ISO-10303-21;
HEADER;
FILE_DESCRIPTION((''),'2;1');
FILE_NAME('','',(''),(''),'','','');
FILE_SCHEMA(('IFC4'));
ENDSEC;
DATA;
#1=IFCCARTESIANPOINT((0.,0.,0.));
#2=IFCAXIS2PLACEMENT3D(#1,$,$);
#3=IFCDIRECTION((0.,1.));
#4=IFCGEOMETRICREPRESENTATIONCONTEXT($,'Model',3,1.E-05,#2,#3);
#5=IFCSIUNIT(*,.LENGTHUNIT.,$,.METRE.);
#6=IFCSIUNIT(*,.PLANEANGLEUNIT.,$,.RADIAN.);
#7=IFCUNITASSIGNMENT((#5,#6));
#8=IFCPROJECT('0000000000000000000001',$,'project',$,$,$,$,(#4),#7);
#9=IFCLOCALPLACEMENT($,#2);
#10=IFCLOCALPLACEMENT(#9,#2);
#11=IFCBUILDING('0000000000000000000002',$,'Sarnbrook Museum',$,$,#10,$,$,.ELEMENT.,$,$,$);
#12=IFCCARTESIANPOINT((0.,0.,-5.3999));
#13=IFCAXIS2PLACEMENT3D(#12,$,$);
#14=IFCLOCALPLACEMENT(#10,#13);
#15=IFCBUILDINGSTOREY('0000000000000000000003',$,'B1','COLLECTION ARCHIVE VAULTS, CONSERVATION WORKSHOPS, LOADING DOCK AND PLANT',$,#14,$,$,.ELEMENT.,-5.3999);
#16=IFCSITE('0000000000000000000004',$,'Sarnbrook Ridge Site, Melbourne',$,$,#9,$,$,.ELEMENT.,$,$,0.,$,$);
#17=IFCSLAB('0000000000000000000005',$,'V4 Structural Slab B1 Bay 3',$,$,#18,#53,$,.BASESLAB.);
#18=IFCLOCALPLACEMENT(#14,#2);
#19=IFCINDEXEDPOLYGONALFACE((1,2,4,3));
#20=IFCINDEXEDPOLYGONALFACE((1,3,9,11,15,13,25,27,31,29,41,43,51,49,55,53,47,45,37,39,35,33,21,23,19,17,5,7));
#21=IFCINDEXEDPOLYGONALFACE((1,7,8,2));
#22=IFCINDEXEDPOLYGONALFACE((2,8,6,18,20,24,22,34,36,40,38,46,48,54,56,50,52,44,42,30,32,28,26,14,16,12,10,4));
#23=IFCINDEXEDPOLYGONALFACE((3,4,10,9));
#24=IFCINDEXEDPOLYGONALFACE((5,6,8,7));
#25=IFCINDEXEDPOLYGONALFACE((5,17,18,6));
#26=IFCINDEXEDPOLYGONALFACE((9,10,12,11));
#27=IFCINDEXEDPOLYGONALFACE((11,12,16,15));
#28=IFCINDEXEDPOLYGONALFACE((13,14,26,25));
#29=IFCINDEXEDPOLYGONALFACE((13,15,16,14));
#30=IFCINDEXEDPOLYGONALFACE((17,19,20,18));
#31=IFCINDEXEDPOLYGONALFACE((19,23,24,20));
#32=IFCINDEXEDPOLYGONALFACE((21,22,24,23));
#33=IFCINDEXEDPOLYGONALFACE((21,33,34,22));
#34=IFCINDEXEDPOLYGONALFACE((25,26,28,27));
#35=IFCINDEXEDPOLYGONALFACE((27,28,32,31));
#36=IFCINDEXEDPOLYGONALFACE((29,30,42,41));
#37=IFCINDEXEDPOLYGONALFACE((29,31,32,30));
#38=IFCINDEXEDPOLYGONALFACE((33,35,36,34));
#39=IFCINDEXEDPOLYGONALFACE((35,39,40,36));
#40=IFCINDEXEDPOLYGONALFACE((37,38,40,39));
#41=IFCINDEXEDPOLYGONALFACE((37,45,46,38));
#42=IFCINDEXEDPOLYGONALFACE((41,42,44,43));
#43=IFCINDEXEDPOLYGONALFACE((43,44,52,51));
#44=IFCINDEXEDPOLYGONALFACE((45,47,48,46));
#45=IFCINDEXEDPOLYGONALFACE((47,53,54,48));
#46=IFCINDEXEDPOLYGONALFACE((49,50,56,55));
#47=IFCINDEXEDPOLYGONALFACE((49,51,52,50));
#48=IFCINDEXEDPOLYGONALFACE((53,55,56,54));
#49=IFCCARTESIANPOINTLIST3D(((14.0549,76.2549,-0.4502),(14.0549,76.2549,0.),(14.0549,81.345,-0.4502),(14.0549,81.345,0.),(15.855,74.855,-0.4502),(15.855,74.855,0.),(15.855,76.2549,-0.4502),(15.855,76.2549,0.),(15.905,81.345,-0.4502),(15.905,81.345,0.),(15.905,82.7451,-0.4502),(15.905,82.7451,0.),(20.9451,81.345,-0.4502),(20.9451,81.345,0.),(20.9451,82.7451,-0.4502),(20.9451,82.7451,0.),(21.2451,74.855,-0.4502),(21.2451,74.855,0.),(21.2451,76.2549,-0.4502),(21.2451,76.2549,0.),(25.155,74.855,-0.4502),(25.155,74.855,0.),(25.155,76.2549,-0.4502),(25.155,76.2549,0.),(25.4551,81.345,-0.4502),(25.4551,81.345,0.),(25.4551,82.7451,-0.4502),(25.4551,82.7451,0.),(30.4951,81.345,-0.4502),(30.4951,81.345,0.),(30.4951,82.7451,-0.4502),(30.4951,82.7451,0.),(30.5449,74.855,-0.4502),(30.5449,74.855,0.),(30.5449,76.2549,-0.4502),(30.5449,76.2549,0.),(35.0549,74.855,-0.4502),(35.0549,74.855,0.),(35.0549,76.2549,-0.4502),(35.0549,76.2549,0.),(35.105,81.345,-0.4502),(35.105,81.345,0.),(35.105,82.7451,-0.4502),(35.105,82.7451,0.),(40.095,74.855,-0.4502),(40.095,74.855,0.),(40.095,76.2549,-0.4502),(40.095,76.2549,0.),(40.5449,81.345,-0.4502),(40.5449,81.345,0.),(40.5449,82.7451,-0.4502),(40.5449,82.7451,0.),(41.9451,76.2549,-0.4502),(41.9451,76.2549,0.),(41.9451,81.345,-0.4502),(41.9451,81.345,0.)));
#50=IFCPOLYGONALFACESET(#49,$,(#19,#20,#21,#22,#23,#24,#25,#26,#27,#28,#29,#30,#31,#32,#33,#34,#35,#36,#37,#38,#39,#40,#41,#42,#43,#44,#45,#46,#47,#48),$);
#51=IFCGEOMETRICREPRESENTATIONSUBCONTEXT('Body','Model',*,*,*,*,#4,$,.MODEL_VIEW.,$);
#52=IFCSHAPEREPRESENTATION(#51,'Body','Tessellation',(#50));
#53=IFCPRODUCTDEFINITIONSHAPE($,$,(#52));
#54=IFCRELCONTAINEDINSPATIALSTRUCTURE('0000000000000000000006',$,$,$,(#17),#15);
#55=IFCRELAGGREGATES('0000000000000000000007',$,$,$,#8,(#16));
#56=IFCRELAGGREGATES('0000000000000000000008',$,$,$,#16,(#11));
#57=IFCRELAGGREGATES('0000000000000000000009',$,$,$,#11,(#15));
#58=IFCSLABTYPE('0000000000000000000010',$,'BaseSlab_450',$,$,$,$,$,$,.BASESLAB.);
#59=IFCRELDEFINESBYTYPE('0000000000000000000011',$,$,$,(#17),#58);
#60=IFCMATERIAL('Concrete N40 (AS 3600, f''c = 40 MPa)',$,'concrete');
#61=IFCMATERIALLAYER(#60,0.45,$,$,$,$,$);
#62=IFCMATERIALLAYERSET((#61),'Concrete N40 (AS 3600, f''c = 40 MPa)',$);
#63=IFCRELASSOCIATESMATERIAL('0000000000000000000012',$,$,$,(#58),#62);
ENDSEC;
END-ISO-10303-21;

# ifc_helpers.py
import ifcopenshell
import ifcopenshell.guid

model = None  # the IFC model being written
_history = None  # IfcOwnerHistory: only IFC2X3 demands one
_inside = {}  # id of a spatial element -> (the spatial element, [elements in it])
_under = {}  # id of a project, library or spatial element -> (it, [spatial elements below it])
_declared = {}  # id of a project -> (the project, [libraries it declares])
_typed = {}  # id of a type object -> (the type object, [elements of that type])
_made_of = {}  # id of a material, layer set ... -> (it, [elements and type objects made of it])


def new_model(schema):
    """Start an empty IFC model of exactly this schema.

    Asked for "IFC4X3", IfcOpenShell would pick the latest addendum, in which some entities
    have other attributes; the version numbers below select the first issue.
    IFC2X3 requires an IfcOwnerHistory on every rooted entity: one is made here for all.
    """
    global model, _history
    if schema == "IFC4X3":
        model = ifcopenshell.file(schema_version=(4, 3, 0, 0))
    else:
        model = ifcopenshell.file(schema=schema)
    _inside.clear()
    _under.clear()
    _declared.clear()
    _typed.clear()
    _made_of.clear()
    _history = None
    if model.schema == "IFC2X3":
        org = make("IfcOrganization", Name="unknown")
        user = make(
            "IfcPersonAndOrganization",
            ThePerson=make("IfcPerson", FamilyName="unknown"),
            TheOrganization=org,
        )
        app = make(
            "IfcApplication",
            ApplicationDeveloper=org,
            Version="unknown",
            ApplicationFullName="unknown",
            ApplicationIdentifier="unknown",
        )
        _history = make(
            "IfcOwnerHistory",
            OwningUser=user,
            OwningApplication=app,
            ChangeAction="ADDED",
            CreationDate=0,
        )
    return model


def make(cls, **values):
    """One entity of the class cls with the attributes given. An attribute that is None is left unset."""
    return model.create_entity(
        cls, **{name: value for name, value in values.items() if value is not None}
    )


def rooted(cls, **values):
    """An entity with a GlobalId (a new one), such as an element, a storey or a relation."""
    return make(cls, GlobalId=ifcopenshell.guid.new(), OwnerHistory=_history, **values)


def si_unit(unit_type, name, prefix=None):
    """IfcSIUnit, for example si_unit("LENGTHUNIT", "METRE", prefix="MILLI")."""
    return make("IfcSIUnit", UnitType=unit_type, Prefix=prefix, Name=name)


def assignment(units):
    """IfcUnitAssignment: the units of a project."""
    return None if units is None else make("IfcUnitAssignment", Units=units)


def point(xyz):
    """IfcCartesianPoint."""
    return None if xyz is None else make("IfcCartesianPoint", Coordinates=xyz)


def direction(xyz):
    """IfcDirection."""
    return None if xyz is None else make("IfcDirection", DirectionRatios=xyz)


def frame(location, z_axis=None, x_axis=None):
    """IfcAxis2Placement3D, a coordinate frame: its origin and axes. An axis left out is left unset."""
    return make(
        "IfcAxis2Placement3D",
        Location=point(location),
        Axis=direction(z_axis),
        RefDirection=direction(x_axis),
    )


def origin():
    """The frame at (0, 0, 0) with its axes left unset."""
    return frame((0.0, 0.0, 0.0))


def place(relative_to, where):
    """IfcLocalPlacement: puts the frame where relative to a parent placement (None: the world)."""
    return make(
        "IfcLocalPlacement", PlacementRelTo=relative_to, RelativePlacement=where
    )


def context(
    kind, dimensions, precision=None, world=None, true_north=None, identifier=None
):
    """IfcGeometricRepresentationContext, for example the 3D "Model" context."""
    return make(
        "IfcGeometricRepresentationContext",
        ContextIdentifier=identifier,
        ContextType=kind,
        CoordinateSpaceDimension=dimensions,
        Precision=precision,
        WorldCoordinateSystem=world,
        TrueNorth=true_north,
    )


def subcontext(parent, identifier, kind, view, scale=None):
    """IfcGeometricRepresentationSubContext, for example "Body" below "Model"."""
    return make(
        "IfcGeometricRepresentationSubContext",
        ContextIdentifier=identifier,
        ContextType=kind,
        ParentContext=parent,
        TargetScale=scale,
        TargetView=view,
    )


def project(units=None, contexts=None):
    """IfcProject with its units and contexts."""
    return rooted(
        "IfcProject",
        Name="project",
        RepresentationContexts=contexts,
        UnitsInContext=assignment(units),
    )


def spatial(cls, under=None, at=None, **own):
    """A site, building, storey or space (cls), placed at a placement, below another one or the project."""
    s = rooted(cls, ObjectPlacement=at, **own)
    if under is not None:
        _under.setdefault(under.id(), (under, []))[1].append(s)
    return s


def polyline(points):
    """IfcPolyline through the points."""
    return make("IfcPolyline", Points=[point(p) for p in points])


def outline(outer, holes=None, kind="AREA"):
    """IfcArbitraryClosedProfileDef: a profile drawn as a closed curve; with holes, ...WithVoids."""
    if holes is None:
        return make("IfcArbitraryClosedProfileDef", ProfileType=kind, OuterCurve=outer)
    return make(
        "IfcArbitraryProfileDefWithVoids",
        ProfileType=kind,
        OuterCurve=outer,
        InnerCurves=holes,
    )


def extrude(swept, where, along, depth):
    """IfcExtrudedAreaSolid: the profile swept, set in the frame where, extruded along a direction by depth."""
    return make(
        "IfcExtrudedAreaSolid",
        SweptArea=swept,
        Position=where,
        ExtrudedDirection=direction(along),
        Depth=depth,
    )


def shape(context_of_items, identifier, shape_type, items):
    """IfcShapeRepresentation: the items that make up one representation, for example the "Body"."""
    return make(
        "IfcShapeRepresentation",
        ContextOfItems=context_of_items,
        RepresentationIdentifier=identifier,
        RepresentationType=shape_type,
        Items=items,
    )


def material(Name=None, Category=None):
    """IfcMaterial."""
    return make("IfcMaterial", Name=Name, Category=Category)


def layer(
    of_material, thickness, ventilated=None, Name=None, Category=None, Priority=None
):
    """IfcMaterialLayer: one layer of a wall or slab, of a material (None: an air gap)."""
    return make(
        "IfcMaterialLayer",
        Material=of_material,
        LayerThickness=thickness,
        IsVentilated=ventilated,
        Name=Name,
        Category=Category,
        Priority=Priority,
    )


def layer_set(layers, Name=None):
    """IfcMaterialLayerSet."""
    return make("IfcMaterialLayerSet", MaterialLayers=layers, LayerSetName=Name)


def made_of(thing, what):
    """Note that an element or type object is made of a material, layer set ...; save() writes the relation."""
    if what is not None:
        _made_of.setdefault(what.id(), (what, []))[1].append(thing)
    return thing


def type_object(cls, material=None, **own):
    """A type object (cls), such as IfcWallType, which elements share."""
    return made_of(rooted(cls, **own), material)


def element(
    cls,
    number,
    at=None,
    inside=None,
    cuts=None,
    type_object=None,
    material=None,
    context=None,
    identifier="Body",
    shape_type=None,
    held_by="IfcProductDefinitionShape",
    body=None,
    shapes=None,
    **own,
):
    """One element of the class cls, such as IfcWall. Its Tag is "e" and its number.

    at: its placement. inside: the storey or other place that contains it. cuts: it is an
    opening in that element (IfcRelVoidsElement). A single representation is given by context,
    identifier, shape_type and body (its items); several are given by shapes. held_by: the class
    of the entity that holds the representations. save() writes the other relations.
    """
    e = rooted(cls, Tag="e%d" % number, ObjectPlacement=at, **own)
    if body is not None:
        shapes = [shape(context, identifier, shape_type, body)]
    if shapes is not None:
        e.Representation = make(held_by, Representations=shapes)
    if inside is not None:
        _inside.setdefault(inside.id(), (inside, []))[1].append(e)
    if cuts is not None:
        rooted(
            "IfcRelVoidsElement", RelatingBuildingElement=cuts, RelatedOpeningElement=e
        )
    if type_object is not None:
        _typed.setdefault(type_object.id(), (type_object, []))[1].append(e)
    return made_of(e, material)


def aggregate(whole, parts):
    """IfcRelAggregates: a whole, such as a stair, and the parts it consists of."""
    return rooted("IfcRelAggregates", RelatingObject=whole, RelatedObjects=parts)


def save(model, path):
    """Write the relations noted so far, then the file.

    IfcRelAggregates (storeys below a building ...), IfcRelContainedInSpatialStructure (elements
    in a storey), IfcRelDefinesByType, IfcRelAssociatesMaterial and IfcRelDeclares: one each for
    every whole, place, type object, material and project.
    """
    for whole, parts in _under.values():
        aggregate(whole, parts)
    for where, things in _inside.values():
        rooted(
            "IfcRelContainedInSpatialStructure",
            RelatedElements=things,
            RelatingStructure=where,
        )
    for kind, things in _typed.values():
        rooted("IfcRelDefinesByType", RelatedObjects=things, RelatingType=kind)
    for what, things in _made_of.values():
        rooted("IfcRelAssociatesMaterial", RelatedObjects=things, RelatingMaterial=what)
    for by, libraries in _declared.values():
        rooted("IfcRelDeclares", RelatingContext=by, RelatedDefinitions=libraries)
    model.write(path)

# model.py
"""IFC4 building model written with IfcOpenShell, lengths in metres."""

from ifc_helpers import new_model, si_unit, direction, frame, origin, place, context, subcontext, project, spatial, polyline, outline, extrude, material, layer, layer_set, type_object, element, save


model = new_model("IFC4")

# Units and contexts
model_context = context("Model", 3, precision=1e-05, world=origin(), true_north=direction((0.0, 1.0)))
body_context = subcontext(model_context, "Body", "Model", "MODEL_VIEW")
ifc_project = project(units=[si_unit("LENGTHUNIT", "METRE"), si_unit("PLANEANGLEUNIT", "RADIAN")], contexts=[model_context])

# Site, building, storey
site_placement = place(None, origin())
site = spatial("IfcSite", under=ifc_project, at=site_placement, Name="Sarnbrook Ridge Site, Melbourne", CompositionType="ELEMENT", RefElevation=0.0)
building_placement = place(site_placement, origin())
building = spatial("IfcBuilding", under=site, at=building_placement, Name="Sarnbrook Museum", CompositionType="ELEMENT")
storey_placement = place(building_placement, frame((0.0, 0.0, -5.3999)))
storey = spatial("IfcBuildingStorey", under=building, at=storey_placement, Name="B1", Description="COLLECTION ARCHIVE VAULTS, CONSERVATION WORKSHOPS, LOADING DOCK AND PLANT", CompositionType="ELEMENT", Elevation=-5.3999)

# Slab
ifc_material = material(Name="Concrete N40 (AS 3600, f'c = 40 MPa)", Category="concrete")
ifc_layer_1 = layer(ifc_material, 0.45)
ifc_layer_set_1 = layer_set([ifc_layer_1], Name="Concrete N40 (AS 3600, f'c = 40 MPa)")
slab_type_1 = type_object("IfcSlabType", Name="BaseSlab_450", PredefinedType="BASESLAB", material=ifc_layer_set_1)
slab_1_placement = place(storey_placement, frame((0.0, 0.0, -0.4502)))
element("IfcSlab", 1, at=slab_1_placement, inside=storey, type_object=slab_type_1, Name="V4 Structural Slab B1 Bay 3", PredefinedType="BASESLAB", context=body_context, shape_type="SweptSolid", body=[
    extrude(outline(polyline([(30.4951, 82.7451), (30.4951, 81.345), (35.105, 81.345), (35.105, 82.7451), (40.5449, 82.7451), (40.5449, 81.345), (41.9451, 81.345), (41.9451, 76.2549), (40.095, 76.2549), (40.095, 74.855), (35.0549, 74.855), (35.0549, 76.2549), (30.5449, 76.2549), (30.5449, 74.855), (25.155, 74.855), (25.155, 76.2549), (21.2451, 76.2549), (21.2451, 74.855), (15.855, 74.855), (15.855, 76.2549), (14.0549, 76.2549), (14.0549, 81.345), (15.905, 81.345), (15.905, 82.7451), (20.9451, 82.7451), (20.9451, 81.345), (25.4551, 81.345), (25.4551, 82.7451), (30.4951, 82.7451)])), origin(), (0.0, 0.0, 1.0), 0.4502),
])

save(model, "model.ifc")
